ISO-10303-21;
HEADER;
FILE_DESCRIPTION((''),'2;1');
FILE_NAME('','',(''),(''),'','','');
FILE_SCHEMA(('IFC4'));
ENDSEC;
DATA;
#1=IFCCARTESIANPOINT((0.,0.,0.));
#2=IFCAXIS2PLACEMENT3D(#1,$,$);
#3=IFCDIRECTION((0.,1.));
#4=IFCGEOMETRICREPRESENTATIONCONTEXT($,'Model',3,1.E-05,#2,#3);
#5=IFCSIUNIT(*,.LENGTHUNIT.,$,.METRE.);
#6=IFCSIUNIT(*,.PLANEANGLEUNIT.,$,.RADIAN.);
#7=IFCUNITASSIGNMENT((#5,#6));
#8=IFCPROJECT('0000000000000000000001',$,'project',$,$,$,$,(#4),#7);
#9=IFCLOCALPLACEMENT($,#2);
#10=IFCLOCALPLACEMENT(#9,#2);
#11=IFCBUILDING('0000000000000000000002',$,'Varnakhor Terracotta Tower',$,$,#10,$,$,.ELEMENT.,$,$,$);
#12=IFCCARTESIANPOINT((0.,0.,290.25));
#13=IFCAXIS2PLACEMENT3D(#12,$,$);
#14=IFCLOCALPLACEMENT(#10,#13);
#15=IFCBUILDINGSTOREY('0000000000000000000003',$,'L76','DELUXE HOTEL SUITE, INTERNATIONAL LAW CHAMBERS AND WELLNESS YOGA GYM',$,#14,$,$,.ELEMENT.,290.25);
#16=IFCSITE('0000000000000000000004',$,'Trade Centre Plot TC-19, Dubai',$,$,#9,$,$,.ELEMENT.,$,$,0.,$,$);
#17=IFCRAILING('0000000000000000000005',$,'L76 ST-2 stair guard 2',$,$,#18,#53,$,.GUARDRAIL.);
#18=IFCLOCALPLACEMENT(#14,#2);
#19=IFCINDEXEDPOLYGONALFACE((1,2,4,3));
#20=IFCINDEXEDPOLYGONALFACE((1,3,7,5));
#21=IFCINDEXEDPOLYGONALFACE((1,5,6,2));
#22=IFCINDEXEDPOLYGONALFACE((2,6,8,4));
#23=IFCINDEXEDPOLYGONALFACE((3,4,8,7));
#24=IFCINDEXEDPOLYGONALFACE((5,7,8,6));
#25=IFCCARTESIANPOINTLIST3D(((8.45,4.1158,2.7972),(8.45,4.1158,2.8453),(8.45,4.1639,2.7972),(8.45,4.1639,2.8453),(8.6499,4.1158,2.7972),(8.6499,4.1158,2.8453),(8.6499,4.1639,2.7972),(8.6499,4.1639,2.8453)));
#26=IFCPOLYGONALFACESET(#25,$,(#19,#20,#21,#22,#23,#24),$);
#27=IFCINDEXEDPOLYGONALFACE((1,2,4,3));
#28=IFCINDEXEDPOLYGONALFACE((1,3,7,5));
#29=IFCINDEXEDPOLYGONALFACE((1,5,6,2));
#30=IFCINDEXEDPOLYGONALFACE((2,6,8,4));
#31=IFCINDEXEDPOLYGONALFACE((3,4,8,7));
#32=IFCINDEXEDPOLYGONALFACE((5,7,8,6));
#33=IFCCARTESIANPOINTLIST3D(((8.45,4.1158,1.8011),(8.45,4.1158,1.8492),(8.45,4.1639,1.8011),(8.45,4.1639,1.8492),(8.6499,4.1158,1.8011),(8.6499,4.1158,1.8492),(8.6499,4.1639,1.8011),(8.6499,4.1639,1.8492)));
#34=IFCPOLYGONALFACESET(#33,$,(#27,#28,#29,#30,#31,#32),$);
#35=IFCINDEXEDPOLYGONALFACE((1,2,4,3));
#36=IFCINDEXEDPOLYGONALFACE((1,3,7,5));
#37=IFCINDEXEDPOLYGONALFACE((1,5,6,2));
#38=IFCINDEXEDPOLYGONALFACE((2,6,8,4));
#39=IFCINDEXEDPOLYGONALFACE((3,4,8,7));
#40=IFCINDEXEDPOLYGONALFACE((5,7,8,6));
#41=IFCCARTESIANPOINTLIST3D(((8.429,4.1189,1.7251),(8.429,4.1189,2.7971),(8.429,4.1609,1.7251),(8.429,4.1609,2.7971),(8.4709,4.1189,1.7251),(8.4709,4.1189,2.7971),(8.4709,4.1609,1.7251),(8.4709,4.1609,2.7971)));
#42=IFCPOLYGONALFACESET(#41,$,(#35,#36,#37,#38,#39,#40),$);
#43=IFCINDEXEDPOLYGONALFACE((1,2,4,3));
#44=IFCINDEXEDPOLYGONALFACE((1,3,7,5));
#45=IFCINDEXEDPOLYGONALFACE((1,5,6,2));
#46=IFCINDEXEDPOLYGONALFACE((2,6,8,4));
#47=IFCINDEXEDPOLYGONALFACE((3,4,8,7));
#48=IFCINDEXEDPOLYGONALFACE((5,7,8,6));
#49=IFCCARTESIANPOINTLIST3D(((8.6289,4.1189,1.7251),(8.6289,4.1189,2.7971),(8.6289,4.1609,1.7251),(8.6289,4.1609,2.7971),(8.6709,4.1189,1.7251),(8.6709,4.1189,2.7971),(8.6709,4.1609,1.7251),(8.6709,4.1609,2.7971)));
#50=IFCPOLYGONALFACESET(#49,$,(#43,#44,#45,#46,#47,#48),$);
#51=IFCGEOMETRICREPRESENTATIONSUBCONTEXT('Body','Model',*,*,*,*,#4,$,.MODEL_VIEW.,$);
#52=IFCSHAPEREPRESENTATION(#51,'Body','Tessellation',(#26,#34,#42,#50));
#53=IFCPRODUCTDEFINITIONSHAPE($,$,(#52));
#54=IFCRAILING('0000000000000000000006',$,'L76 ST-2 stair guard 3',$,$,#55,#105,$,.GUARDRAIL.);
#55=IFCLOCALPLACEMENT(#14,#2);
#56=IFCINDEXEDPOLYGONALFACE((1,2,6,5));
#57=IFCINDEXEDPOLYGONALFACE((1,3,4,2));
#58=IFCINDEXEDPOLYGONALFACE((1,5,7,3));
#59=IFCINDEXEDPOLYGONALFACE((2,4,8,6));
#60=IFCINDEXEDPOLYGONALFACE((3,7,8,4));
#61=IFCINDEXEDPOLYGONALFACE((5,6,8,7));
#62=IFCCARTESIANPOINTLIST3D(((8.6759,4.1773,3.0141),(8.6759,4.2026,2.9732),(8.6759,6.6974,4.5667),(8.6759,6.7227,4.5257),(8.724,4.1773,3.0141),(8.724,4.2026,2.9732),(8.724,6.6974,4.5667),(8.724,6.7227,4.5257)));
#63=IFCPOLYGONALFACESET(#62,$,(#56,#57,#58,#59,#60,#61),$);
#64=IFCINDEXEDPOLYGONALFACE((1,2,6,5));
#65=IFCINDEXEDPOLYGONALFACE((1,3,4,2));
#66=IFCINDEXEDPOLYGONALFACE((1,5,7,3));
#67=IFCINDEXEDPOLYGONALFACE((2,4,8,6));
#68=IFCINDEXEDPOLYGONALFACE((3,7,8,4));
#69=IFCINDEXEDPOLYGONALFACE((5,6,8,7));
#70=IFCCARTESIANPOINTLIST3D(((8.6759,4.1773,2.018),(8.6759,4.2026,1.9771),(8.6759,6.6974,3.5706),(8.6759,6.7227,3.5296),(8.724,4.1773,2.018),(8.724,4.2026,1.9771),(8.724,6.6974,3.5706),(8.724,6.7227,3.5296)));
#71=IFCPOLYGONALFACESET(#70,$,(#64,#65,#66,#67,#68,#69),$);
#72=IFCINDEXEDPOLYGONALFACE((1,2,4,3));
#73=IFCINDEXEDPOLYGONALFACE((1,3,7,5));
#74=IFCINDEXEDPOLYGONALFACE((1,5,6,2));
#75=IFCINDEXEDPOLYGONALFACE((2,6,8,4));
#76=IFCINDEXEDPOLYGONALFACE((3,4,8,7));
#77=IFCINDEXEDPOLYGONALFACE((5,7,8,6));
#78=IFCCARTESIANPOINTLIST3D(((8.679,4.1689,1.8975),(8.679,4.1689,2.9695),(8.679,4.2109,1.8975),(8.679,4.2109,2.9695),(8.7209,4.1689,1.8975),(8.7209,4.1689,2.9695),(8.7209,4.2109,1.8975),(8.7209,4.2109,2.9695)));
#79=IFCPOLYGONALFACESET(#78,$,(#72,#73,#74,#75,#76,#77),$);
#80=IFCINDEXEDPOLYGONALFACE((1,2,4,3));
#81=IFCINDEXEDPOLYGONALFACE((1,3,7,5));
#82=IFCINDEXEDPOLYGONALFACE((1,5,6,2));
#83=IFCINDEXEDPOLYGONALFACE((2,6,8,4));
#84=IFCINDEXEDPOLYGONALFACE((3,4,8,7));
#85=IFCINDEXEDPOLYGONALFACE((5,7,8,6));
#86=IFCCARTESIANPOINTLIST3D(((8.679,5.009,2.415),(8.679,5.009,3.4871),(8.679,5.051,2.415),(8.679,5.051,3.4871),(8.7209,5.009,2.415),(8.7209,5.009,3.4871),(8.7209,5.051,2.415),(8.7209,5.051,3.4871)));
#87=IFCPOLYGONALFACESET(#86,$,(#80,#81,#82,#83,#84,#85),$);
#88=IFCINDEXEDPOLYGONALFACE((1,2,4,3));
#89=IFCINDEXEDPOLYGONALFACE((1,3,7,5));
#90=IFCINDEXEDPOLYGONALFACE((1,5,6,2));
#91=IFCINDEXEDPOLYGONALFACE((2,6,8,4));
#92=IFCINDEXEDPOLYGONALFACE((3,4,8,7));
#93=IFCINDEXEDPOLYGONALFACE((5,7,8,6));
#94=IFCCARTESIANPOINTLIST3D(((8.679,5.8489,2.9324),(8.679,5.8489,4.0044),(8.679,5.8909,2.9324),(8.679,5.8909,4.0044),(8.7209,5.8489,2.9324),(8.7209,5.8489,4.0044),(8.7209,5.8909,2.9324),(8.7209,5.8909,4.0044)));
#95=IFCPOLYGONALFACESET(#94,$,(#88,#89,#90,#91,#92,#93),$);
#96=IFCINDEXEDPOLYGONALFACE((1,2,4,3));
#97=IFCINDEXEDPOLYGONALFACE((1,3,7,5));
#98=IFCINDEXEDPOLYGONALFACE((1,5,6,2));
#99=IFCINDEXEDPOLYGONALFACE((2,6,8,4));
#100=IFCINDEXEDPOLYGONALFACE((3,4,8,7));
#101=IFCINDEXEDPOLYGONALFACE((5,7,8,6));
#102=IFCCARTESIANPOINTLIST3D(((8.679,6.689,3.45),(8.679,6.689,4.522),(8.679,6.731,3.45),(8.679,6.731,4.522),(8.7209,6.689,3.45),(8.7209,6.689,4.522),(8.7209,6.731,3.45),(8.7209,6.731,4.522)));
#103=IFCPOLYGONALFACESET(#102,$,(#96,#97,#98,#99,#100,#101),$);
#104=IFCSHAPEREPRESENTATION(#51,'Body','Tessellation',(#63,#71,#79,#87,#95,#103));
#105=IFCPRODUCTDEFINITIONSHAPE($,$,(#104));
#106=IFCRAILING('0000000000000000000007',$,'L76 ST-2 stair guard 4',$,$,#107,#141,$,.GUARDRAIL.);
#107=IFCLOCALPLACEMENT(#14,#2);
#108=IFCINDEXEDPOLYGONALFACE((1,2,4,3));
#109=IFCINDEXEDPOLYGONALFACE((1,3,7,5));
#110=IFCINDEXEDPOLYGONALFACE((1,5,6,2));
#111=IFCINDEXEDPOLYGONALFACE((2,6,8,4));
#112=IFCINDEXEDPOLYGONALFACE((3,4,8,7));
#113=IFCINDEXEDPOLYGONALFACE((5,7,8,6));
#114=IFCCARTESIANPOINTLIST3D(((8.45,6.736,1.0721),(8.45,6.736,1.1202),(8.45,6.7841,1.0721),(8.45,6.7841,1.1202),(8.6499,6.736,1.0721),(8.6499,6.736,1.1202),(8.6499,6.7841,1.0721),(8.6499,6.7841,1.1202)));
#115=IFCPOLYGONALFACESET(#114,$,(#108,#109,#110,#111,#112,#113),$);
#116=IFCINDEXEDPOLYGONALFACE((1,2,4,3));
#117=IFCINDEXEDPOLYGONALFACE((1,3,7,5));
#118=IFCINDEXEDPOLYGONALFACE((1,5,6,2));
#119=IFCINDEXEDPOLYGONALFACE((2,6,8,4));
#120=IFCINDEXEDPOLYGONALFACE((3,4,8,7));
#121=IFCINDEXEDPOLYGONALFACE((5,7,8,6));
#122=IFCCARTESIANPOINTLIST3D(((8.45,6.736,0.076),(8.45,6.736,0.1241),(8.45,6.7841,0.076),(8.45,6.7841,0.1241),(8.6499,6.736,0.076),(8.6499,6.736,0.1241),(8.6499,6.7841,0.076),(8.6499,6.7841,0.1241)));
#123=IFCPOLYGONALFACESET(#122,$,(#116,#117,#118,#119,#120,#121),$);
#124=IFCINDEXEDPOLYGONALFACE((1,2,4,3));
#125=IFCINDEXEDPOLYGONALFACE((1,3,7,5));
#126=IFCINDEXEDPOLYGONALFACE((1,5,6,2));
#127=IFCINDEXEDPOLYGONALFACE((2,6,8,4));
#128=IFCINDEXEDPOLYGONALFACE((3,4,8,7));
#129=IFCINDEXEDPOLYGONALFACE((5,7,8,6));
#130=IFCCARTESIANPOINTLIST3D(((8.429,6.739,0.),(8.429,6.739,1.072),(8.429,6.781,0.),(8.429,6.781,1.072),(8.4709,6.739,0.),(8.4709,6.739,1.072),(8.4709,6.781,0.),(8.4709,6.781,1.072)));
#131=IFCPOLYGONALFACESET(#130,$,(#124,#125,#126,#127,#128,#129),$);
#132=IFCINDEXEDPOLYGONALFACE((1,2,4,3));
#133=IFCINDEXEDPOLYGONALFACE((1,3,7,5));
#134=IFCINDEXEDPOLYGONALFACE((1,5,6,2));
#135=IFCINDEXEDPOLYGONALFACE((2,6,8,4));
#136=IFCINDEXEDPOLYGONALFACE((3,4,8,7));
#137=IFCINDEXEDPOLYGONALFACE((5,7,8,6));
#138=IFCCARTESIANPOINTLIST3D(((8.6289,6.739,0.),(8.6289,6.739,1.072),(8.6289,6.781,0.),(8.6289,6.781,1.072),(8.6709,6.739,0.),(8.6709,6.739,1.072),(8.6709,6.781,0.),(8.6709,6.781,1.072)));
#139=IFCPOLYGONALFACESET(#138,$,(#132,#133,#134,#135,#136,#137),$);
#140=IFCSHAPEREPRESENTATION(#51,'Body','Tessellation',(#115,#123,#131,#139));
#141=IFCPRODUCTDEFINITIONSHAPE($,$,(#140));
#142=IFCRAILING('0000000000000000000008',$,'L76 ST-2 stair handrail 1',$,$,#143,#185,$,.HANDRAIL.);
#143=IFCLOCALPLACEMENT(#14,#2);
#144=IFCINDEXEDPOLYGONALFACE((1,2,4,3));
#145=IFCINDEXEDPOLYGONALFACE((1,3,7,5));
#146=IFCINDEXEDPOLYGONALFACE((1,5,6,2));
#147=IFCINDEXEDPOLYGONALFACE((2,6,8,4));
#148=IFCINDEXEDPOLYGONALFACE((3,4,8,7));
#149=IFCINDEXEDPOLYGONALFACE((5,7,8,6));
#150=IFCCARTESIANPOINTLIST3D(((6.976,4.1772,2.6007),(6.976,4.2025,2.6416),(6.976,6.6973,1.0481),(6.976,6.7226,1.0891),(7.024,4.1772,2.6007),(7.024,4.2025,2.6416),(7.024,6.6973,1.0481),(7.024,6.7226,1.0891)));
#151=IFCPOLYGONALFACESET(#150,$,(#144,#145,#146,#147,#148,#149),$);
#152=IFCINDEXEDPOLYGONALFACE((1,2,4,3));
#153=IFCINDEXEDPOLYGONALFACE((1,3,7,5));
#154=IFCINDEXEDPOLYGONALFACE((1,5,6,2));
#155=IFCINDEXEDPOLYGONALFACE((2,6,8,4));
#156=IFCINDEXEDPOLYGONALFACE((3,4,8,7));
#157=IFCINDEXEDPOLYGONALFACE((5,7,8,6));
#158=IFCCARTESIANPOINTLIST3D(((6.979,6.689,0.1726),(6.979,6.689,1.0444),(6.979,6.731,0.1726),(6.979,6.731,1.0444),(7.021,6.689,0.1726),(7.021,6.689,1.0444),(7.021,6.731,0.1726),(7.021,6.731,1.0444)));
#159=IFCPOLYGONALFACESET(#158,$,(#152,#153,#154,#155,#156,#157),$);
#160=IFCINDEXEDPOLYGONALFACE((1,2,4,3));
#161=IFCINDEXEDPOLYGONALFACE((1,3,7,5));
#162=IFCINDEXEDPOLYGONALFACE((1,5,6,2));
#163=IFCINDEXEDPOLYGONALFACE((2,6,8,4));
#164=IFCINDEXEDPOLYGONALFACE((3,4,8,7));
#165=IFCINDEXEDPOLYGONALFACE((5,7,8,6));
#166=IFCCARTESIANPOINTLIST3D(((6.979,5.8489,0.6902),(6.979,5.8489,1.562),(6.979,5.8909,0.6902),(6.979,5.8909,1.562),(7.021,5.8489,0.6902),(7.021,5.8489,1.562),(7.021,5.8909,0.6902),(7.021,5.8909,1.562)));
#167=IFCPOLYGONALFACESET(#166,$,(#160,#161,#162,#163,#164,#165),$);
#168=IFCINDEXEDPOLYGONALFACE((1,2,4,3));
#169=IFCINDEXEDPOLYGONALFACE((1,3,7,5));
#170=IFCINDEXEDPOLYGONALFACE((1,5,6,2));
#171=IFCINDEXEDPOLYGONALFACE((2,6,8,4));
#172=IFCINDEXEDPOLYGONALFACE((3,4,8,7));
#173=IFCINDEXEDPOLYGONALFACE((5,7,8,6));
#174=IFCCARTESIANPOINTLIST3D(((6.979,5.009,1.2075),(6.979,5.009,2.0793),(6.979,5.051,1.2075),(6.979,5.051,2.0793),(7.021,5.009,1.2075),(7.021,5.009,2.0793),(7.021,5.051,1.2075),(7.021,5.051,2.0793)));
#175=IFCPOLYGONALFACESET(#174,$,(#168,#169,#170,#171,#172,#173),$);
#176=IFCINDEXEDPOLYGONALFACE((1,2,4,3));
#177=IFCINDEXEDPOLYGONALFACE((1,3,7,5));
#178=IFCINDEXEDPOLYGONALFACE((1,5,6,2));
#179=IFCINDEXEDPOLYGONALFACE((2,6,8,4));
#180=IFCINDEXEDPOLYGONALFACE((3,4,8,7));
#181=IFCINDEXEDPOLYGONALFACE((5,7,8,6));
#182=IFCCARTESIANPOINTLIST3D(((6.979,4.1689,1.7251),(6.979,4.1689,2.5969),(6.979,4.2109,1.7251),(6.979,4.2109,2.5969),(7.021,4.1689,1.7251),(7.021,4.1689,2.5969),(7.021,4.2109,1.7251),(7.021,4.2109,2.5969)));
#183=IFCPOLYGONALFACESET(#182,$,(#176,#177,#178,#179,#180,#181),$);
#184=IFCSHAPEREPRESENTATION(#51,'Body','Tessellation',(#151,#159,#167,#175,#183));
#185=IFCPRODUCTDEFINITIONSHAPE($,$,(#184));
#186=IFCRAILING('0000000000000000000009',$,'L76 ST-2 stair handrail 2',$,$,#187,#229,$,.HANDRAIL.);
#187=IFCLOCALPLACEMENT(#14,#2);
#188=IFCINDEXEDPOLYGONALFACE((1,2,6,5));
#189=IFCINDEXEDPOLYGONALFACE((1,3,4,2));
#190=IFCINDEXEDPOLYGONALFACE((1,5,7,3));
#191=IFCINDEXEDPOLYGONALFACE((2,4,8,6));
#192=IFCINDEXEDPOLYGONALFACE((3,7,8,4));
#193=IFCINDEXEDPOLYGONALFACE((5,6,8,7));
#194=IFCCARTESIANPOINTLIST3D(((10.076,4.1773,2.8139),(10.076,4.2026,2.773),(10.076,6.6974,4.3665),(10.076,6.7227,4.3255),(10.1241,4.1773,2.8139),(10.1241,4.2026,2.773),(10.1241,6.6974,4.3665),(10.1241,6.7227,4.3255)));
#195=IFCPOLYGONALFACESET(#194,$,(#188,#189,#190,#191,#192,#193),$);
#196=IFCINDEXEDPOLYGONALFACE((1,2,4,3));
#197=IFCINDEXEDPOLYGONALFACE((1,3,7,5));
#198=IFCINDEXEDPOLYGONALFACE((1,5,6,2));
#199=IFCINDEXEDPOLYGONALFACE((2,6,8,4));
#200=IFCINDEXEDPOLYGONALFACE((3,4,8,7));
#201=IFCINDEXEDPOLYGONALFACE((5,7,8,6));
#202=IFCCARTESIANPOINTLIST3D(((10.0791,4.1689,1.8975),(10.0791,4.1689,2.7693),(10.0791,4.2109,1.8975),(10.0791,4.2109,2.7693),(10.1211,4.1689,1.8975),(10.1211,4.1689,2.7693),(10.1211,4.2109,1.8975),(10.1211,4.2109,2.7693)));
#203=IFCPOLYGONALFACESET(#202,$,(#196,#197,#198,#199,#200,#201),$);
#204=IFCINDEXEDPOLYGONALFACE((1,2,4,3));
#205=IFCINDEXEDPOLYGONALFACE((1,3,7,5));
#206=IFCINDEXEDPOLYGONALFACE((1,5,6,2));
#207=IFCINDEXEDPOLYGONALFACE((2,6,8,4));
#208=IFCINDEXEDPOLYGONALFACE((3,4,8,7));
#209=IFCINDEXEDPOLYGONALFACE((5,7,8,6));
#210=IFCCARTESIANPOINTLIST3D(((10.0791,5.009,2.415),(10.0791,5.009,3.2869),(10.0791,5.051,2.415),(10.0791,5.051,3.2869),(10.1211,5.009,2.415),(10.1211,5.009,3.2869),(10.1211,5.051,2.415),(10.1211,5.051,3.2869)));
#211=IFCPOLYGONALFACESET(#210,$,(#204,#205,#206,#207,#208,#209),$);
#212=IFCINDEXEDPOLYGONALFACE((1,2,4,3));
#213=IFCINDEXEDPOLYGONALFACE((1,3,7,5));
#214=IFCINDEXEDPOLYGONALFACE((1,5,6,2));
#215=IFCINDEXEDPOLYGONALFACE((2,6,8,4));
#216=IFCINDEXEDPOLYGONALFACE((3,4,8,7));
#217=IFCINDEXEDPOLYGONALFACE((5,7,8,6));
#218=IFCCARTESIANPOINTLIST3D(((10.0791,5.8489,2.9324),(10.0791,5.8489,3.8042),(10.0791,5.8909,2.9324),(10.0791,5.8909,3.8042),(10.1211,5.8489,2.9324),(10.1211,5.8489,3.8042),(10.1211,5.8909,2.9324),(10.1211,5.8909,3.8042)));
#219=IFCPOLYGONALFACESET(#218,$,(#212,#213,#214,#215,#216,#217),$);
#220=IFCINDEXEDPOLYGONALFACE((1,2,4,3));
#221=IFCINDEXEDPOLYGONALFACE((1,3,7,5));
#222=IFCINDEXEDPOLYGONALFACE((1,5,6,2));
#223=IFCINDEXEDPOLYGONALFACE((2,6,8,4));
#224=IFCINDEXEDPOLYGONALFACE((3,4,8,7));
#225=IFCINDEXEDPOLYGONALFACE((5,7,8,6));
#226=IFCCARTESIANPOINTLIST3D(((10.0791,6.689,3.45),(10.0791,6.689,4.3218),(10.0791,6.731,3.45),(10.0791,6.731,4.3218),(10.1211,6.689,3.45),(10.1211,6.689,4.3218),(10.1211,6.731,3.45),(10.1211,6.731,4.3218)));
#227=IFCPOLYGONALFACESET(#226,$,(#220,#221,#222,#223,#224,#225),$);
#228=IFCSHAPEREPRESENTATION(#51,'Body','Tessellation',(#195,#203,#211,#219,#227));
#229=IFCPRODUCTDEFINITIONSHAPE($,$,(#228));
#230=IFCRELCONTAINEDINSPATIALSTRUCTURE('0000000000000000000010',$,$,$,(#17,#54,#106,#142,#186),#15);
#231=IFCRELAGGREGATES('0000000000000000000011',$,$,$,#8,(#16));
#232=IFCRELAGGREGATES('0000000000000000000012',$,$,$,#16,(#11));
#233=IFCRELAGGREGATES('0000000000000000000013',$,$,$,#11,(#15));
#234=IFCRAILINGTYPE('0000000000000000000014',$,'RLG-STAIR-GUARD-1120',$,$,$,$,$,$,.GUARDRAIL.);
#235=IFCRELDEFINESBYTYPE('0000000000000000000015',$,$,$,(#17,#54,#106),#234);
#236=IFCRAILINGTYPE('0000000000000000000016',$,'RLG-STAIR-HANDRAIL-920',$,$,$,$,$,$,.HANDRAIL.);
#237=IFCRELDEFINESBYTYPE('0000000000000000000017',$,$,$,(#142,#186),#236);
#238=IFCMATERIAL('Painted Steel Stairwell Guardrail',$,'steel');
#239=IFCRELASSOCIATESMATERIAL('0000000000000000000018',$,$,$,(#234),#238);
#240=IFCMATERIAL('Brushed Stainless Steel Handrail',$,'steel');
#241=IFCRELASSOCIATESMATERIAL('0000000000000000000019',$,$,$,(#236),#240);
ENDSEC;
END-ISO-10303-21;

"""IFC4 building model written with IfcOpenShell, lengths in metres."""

from ifc_helpers import new_model, si_unit, direction, frame, origin, origin_2d, place, context, subcontext, project, spatial, rectangle, extrude, material, type_object, element, save


model = new_model("IFC4")

# Units and contexts
model_context = context("Model", 3, precision=1e-05, world=origin(), true_north=direction((0.0, 1.0)))
body_context = subcontext(model_context, "Body", "Model", "MODEL_VIEW")
ifc_project = project(units=[si_unit("LENGTHUNIT", "METRE"), si_unit("PLANEANGLEUNIT", "RADIAN")], contexts=[model_context])

# Site, building, storey
site_placement = place(None, origin())
site = spatial("IfcSite", under=ifc_project, at=site_placement, Name="Trade Centre Plot TC-19, Dubai", CompositionType="ELEMENT", RefElevation=0.0)
building_placement = place(site_placement, origin())
building = spatial("IfcBuilding", under=site, at=building_placement, Name="Varnakhor Terracotta Tower", CompositionType="ELEMENT")
storey_placement = place(building_placement, frame((0.0, 0.0, 290.25)))
storey = spatial("IfcBuildingStorey", under=building, at=storey_placement, Name="L76", Description="DELUXE HOTEL SUITE, INTERNATIONAL LAW CHAMBERS AND WELLNESS YOGA GYM", CompositionType="ELEMENT", Elevation=290.25)

# Railings
ifc_material_1 = material(Name="Painted Steel Stairwell Guardrail", Category="steel")
railing_type_1 = type_object("IfcRailingType", Name="RLG-STAIR-GUARD-1120", PredefinedType="GUARDRAIL", material=ifc_material_1)
railing_1_placement = place(storey_placement, frame((8.45, 4.1399, 1.7251)))
element("IfcRailing", 1, at=railing_1_placement, inside=storey, type_object=railing_type_1, Name="L76 ST-2 stair guard 2", PredefinedType="GUARDRAIL", context=body_context, shape_type="SweptSolid", body=[
    extrude(rectangle(XDim=0.0481, YDim=0.0481, at=origin_2d()), frame((0.0, 0.0, 1.0962), z_axis=(1.0, 0.0, 0.0), x_axis=(0.0, 1.0, 0.0)), (0.0, 0.0, 1.0), 0.2),
    extrude(rectangle(XDim=0.0481, YDim=0.0481, at=origin_2d()), frame((0.0, 0.0, 0.1001), z_axis=(1.0, 0.0, 0.0), x_axis=(0.0, 1.0, 0.0)), (0.0, 0.0, 1.0), 0.2),
    extrude(rectangle(XDim=0.042, YDim=0.042, at=origin_2d()), origin(), (0.0, 0.0, 1.0), 1.072),
    extrude(rectangle(XDim=0.042, YDim=0.042, at=origin_2d()), frame((0.2, 0.0, 0.0)), (0.0, 0.0, 1.0), 1.072),
])
railing_2_placement = place(storey_placement, frame((8.7, 4.1899, 1.8975)))
element("IfcRailing", 2, at=railing_2_placement, inside=storey, type_object=railing_type_1, Name="L76 ST-2 stair guard 3", PredefinedType="GUARDRAIL", context=body_context, shape_type="SweptSolid", body=[
    extrude(rectangle(XDim=0.0481, YDim=0.0481, at=origin_2d()), frame((0.0, 0.0, 1.0962), z_axis=(0.0, 0.8514, 0.524516), x_axis=(-1.0, 0.0, 0.0)), (0.0, 0.0, 1.0), 2.96),
    extrude(rectangle(XDim=0.0481, YDim=0.0481, at=origin_2d()), frame((0.0, 0.0, 0.1001), z_axis=(0.0, 0.8514, 0.524516), x_axis=(-1.0, 0.0, 0.0)), (0.0, 0.0, 1.0), 2.96),
    extrude(rectangle(XDim=0.042, YDim=0.042, at=origin_2d()), origin(), (0.0, 0.0, 1.0), 1.072),
    extrude(rectangle(XDim=0.042, YDim=0.042, at=origin_2d()), frame((0.0, 0.8401, 0.5176)), (0.0, 0.0, 1.0), 1.072),
    extrude(rectangle(XDim=0.042, YDim=0.042, at=origin_2d()), frame((0.0, 1.6799, 1.0349)), (0.0, 0.0, 1.0), 1.072),
    extrude(rectangle(XDim=0.042, YDim=0.042, at=origin_2d()), frame((0.0, 2.52, 1.5525)), (0.0, 0.0, 1.0), 1.072),
])
railing_3_placement = place(storey_placement, frame((8.45, 6.76, 0.0)))
element("IfcRailing", 3, at=railing_3_placement, inside=storey, type_object=railing_type_1, Name="L76 ST-2 stair guard 4", PredefinedType="GUARDRAIL", context=body_context, shape_type="SweptSolid", body=[
    extrude(rectangle(XDim=0.0481, YDim=0.0481, at=origin_2d()), frame((0.0, 0.0, 1.0962), z_axis=(1.0, 0.0, 0.0), x_axis=(0.0, 1.0, 0.0)), (0.0, 0.0, 1.0), 0.2),
    extrude(rectangle(XDim=0.0481, YDim=0.0481, at=origin_2d()), frame((0.0, 0.0, 0.1001), z_axis=(1.0, 0.0, 0.0), x_axis=(0.0, 1.0, 0.0)), (0.0, 0.0, 1.0), 0.2),
    extrude(rectangle(XDim=0.042, YDim=0.042, at=origin_2d()), origin(), (0.0, 0.0, 1.0), 1.072),
    extrude(rectangle(XDim=0.042, YDim=0.042, at=origin_2d()), frame((0.2, 0.0, 0.0)), (0.0, 0.0, 1.0), 1.072),
])
ifc_material_2 = material(Name="Brushed Stainless Steel Handrail", Category="steel")
railing_type_2 = type_object("IfcRailingType", Name="RLG-STAIR-HANDRAIL-920", PredefinedType="HANDRAIL", material=ifc_material_2)
railing_4_placement = place(storey_placement, frame((7.0, 6.71, 0.1726)))
element("IfcRailing", 4, at=railing_4_placement, inside=storey, type_object=railing_type_2, Name="L76 ST-2 stair handrail 1", PredefinedType="HANDRAIL", context=body_context, shape_type="SweptSolid", body=[
    extrude(rectangle(XDim=0.0481, YDim=0.0481, at=origin_2d()), frame((0.0, 0.0, 0.896), z_axis=(0.0, -0.8514, 0.524516), x_axis=(1.0, 0.0, 0.0)), (0.0, 0.0, 1.0), 2.96),
    extrude(rectangle(XDim=0.042, YDim=0.042, at=origin_2d()), origin(), (0.0, 0.0, 1.0), 0.8718),
    extrude(rectangle(XDim=0.042, YDim=0.042, at=origin_2d()), frame((0.0, -0.8401, 0.5176)), (0.0, 0.0, 1.0), 0.8718),
    extrude(rectangle(XDim=0.042, YDim=0.042, at=origin_2d()), frame((0.0, -1.6799, 1.0349)), (0.0, 0.0, 1.0), 0.8718),
    extrude(rectangle(XDim=0.042, YDim=0.042, at=origin_2d()), frame((0.0, -2.52, 1.5525)), (0.0, 0.0, 1.0), 0.8718),
])
railing_5_placement = place(storey_placement, frame((10.1001, 4.1899, 1.8975)))
element("IfcRailing", 5, at=railing_5_placement, inside=storey, type_object=railing_type_2, Name="L76 ST-2 stair handrail 2", PredefinedType="HANDRAIL", context=body_context, shape_type="SweptSolid", body=[
    extrude(rectangle(XDim=0.0481, YDim=0.0481, at=origin_2d()), frame((0.0, 0.0, 0.896), z_axis=(0.0, 0.8514, 0.524516), x_axis=(-1.0, 0.0, 0.0)), (0.0, 0.0, 1.0), 2.96),
    extrude(rectangle(XDim=0.042, YDim=0.042, at=origin_2d()), origin(), (0.0, 0.0, 1.0), 0.8718),
    extrude(rectangle(XDim=0.042, YDim=0.042, at=origin_2d()), frame((0.0, 0.8401, 0.5176)), (0.0, 0.0, 1.0), 0.8718),
    extrude(rectangle(XDim=0.042, YDim=0.042, at=origin_2d()), frame((0.0, 1.6799, 1.0349)), (0.0, 0.0, 1.0), 0.8718),
    extrude(rectangle(XDim=0.042, YDim=0.042, at=origin_2d()), frame((0.0, 2.52, 1.5525)), (0.0, 0.0, 1.0), 0.8718),
])

save(model, "model.ifc")
